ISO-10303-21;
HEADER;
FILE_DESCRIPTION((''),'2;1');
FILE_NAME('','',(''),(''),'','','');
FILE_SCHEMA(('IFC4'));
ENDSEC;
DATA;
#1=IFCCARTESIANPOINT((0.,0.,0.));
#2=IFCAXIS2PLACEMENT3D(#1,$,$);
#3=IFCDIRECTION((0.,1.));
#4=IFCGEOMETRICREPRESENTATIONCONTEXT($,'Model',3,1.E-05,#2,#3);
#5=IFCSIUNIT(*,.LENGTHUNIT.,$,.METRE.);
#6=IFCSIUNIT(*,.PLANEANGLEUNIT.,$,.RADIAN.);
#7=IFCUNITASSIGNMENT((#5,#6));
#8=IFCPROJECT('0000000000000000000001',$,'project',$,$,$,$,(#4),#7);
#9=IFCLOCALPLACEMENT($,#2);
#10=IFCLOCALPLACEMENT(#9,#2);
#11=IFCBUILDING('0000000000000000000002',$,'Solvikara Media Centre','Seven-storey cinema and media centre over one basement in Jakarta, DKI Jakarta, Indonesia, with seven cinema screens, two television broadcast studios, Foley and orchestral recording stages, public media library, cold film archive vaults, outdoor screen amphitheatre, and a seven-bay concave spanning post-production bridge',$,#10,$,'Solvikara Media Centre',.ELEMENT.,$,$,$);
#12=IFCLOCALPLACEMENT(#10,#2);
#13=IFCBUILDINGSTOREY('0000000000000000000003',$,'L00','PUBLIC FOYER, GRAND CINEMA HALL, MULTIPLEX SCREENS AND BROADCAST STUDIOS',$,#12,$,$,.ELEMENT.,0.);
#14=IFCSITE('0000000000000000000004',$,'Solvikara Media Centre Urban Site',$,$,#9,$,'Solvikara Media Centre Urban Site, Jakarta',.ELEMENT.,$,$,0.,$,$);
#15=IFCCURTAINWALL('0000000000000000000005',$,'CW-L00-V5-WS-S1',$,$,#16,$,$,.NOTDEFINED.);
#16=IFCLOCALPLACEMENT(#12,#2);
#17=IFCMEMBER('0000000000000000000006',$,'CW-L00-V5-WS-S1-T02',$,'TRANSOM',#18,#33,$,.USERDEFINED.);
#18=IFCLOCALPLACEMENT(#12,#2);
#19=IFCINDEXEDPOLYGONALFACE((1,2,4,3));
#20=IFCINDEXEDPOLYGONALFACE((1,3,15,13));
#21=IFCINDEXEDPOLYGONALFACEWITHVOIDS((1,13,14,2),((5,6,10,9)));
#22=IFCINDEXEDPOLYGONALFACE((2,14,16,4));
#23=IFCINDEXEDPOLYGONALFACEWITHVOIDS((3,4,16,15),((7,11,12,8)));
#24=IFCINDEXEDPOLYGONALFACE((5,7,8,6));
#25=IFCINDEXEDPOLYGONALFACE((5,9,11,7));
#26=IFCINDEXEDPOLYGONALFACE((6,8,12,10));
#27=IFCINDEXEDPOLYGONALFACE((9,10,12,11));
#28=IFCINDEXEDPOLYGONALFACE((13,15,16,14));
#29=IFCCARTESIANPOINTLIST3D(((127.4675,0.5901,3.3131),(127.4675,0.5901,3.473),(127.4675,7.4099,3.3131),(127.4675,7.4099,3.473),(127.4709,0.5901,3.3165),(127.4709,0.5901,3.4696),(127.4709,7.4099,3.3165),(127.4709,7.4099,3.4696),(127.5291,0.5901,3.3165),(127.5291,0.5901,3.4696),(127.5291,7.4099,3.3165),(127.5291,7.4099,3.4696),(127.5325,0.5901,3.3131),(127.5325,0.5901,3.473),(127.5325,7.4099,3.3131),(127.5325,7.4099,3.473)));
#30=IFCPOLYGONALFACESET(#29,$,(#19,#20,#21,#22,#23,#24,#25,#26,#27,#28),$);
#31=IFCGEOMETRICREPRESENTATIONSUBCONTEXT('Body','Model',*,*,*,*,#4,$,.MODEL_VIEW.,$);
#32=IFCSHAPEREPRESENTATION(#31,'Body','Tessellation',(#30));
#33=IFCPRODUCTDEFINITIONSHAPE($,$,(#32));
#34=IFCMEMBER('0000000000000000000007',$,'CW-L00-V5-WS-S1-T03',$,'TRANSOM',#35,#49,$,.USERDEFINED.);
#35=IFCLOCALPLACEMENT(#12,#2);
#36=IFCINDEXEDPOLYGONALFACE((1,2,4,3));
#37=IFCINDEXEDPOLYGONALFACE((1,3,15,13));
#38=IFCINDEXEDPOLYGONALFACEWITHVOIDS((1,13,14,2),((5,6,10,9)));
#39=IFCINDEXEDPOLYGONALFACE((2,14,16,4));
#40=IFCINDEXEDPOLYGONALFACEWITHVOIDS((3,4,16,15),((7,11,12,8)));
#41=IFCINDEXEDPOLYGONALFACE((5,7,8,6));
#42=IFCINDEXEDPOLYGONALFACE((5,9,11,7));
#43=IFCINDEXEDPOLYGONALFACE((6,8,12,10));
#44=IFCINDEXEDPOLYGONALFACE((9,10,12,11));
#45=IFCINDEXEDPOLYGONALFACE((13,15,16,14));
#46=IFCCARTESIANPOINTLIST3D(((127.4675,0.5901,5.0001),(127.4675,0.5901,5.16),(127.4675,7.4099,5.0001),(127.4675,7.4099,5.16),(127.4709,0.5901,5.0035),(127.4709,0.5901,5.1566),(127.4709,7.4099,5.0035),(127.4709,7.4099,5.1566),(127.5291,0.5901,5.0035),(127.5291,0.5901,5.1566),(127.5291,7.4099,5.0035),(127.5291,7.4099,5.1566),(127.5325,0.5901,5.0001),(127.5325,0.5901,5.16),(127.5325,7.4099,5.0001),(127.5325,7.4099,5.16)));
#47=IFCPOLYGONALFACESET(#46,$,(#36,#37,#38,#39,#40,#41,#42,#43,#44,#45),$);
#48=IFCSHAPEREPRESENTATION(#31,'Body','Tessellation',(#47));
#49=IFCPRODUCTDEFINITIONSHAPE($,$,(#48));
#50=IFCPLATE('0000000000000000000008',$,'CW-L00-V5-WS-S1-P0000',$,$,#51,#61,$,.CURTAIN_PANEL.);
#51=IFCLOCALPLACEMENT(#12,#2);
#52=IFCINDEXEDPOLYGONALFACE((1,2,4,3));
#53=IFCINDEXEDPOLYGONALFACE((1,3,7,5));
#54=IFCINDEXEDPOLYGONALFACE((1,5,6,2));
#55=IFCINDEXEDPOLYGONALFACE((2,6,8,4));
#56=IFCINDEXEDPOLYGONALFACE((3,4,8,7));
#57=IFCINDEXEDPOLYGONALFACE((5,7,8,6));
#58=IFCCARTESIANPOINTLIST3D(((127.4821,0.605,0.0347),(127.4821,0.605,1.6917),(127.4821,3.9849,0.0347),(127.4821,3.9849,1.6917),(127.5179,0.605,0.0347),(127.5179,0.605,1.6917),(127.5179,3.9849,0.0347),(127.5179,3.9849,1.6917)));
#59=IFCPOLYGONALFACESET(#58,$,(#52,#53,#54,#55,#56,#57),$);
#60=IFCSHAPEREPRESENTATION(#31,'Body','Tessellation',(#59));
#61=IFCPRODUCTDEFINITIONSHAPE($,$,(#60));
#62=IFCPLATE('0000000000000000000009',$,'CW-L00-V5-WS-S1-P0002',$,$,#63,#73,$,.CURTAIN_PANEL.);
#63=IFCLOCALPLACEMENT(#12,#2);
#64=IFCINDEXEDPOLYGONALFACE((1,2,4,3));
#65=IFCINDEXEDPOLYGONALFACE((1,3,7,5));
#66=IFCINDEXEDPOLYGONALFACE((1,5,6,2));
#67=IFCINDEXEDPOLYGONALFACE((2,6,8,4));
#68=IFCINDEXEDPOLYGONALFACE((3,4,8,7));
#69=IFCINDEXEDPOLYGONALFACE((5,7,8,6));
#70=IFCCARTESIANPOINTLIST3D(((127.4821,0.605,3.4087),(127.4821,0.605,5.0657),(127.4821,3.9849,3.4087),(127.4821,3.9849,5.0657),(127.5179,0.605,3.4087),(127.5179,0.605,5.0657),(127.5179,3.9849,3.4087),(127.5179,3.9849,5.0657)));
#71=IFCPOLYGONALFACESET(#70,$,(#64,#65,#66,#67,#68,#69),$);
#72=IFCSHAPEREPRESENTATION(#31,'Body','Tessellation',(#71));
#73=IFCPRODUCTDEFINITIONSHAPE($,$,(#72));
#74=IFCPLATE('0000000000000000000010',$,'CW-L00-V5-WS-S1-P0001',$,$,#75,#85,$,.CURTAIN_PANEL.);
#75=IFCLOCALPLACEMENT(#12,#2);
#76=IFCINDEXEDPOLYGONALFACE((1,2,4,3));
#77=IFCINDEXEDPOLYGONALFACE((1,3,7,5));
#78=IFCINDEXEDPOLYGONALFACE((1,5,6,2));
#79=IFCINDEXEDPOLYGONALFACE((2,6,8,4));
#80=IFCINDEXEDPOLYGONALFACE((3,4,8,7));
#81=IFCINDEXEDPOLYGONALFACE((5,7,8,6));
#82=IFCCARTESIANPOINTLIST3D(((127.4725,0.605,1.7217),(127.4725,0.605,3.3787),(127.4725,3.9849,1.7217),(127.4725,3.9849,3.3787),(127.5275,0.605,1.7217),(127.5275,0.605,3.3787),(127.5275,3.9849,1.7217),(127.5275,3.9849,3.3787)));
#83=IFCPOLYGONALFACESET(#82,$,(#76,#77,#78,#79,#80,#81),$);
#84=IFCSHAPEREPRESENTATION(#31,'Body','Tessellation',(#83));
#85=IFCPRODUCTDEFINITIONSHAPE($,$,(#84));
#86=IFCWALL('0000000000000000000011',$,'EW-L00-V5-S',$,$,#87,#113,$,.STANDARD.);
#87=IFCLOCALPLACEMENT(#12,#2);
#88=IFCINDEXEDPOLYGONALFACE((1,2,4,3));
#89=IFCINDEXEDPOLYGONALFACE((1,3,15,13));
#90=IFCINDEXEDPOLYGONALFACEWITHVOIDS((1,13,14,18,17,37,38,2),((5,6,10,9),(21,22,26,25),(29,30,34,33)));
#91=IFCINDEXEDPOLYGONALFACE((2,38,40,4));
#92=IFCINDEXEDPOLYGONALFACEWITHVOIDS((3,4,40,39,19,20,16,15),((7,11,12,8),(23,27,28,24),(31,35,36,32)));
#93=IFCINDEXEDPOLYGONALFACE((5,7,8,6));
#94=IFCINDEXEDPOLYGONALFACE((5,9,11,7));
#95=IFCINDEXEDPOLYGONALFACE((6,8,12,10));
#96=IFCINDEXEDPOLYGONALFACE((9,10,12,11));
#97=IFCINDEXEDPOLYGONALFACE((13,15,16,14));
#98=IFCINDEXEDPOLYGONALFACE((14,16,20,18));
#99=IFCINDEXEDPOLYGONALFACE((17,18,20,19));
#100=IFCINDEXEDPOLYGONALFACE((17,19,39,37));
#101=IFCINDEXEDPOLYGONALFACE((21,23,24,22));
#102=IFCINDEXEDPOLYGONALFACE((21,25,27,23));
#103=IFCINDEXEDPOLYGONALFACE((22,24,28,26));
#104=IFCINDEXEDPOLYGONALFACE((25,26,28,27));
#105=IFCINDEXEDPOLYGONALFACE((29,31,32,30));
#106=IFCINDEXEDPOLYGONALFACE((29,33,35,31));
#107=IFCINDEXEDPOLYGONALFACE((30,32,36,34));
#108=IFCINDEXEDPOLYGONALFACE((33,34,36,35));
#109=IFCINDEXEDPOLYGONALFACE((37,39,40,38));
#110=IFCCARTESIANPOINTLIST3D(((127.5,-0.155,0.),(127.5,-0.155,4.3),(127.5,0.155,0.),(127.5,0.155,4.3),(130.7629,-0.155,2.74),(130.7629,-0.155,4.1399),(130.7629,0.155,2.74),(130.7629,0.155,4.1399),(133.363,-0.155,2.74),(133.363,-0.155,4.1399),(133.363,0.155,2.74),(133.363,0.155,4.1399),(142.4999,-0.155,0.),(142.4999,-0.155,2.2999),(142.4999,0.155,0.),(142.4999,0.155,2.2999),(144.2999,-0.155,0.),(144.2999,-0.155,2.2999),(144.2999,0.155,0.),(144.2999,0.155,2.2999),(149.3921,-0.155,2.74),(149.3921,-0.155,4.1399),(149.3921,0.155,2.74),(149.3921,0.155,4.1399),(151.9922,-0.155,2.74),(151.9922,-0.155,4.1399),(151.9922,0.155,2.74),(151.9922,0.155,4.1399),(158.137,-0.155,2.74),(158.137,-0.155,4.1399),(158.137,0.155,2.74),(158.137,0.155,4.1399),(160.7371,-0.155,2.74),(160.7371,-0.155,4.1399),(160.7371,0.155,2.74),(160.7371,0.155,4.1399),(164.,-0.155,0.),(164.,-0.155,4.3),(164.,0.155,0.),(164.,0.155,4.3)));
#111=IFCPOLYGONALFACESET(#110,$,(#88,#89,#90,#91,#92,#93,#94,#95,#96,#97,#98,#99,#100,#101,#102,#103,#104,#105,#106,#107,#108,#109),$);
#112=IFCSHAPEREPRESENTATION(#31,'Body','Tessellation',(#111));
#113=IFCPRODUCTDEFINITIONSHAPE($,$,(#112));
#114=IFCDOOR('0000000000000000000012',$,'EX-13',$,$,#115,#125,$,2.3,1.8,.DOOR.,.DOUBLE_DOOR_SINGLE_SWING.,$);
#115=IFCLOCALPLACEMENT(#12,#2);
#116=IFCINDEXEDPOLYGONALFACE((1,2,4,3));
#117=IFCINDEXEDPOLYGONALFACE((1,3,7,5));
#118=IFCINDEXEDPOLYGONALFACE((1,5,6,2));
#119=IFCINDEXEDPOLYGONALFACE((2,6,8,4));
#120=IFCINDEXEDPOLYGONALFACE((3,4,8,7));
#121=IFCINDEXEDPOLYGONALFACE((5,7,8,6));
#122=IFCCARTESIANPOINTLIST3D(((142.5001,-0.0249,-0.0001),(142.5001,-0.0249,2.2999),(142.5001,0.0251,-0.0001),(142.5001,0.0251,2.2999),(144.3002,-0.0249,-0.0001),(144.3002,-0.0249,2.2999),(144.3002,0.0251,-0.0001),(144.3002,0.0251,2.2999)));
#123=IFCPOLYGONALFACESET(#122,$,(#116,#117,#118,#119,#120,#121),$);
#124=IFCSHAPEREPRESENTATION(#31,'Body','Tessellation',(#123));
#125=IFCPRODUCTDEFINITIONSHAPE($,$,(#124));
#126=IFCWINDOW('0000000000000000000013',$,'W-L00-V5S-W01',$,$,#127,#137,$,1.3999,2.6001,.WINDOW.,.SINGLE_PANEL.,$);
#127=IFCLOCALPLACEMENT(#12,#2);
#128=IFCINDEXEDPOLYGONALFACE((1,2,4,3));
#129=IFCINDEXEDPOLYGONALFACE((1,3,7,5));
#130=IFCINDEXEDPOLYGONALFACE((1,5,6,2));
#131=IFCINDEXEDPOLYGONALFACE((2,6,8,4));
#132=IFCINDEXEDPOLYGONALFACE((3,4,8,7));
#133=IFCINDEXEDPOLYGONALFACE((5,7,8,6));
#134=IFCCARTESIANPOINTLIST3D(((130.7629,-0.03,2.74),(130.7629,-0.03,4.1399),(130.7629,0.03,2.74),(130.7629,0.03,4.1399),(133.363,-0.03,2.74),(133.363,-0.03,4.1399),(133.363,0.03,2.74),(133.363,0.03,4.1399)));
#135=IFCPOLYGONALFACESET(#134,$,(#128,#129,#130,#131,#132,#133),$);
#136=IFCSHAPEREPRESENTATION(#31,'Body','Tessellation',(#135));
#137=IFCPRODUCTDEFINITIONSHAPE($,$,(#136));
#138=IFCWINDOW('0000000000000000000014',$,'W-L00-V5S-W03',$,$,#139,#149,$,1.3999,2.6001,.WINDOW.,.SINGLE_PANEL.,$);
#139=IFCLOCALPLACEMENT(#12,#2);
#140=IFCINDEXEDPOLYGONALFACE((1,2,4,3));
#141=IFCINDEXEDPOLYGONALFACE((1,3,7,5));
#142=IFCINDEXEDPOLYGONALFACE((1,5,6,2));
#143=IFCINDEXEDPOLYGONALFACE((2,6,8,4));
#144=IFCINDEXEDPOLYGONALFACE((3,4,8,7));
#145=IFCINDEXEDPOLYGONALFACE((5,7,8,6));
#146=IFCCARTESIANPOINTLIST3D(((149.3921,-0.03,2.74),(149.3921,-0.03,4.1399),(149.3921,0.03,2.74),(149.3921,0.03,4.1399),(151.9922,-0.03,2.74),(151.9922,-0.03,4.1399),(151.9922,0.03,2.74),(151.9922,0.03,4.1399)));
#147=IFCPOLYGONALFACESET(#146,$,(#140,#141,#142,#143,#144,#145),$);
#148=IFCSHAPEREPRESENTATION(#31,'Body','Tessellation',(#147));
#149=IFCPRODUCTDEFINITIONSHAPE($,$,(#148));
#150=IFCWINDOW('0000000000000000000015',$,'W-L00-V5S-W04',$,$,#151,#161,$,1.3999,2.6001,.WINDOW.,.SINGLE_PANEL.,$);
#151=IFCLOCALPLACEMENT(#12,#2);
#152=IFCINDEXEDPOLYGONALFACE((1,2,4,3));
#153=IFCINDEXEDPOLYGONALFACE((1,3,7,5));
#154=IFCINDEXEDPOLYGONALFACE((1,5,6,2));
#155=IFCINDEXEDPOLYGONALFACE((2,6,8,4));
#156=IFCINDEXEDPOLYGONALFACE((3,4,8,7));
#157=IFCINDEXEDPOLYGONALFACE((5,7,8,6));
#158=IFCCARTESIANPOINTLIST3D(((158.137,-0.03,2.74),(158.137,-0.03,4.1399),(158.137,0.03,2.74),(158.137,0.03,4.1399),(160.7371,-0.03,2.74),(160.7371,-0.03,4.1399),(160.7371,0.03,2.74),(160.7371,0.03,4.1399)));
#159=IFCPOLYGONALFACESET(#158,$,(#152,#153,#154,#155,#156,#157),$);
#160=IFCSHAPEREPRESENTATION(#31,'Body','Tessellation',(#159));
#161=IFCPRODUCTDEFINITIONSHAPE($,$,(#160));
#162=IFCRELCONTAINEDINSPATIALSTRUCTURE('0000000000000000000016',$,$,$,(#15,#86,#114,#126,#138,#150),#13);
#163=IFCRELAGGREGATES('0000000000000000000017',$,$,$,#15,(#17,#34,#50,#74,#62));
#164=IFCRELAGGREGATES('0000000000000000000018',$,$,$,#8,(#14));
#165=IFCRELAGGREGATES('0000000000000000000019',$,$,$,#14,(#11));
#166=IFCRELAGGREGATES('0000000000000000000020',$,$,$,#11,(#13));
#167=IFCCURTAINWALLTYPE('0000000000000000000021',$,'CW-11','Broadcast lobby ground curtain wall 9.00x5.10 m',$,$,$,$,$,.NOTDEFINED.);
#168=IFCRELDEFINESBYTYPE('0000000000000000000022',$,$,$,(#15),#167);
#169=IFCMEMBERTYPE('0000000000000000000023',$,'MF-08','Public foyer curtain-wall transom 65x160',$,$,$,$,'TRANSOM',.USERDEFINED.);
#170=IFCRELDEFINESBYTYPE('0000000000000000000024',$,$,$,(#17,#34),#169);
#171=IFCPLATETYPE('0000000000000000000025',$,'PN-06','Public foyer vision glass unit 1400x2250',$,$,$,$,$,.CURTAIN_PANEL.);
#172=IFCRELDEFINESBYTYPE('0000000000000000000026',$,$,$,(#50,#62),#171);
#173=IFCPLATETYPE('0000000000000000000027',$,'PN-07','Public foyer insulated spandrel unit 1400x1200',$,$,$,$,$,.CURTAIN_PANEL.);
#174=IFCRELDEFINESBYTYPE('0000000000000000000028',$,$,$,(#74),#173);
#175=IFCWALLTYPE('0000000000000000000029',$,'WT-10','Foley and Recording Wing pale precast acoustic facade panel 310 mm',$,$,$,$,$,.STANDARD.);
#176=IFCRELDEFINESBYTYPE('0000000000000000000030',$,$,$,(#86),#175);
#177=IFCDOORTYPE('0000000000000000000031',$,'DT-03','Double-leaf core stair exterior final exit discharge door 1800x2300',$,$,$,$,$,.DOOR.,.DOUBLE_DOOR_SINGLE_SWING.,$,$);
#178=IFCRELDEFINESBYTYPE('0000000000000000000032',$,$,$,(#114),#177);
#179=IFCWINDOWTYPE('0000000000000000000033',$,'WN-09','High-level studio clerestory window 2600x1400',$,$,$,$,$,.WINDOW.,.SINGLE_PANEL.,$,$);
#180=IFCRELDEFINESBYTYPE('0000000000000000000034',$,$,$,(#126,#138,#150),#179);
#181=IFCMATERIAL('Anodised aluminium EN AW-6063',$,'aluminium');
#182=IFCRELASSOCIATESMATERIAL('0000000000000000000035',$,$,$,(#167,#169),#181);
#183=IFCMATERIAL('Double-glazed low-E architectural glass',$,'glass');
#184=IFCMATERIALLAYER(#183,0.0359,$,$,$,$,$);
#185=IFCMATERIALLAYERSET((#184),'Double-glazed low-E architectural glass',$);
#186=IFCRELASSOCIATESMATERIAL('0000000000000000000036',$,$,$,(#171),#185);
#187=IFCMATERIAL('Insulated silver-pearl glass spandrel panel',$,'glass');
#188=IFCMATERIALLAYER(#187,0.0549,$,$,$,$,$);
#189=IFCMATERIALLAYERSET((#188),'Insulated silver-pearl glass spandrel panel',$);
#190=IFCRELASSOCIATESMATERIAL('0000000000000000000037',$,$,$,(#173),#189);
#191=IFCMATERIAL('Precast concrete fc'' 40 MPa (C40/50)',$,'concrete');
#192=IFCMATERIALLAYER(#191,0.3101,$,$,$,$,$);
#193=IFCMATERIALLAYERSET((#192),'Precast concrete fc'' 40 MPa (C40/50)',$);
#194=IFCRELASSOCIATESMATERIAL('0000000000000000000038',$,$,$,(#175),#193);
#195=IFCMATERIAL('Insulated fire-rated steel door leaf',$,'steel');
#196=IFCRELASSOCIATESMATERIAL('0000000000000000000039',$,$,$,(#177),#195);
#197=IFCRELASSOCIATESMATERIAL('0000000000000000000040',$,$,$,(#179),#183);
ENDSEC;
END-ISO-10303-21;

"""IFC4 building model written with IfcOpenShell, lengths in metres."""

from ifc_helpers import new_model, si_unit, direction, frame, frame_2d, origin, origin_2d, place, context, subcontext, project, spatial, rectangle, hollow_rectangle, extrude, material, layer, layer_set, material_profile, profile_set, type_object, element, fill, aggregate, save


model = new_model("IFC4")

# Units and contexts
model_context = context("Model", 3, precision=1e-05, world=origin(), true_north=direction((0.0, 1.0)))
body_context = subcontext(model_context, "Body", "Model", "MODEL_VIEW")
ifc_project = project(units=[si_unit("LENGTHUNIT", "METRE"), si_unit("PLANEANGLEUNIT", "RADIAN")], contexts=[model_context])

# Site, building, storey
site_placement = place(None, origin())
site = spatial("IfcSite", under=ifc_project, at=site_placement, Name="Solvikara Media Centre Urban Site", LongName="Solvikara Media Centre Urban Site, Jakarta", CompositionType="ELEMENT", RefElevation=0.0)
building_placement = place(site_placement, origin())
building = spatial("IfcBuilding", under=site, at=building_placement, Name="Solvikara Media Centre", Description="Seven-storey cinema and media centre over one basement in Jakarta, DKI Jakarta, Indonesia, with seven cinema screens, two television broadcast studios, Foley and orchestral recording stages, public media library, cold film archive vaults, outdoor screen amphitheatre, and a seven-bay concave spanning post-production bridge", LongName="Solvikara Media Centre", CompositionType="ELEMENT")
storey_placement = place(building_placement, origin())
storey = spatial("IfcBuildingStorey", under=building, at=storey_placement, Name="L00", Description="PUBLIC FOYER, GRAND CINEMA HALL, MULTIPLEX SCREENS AND BROADCAST STUDIOS", CompositionType="ELEMENT", Elevation=0.0)

# Curtain wall, members, plates
ifc_material_1 = material(Name="Anodised aluminium EN AW-6063", Category="aluminium")
curtain_wall_type = type_object("IfcCurtainWallType", Name="CW-11", Description="Broadcast lobby ground curtain wall 9.00x5.10 m", PredefinedType="NOTDEFINED", material=ifc_material_1)
curtain_wall_placement = place(storey_placement, origin())
curtain_wall = element("IfcCurtainWall", 1, at=curtain_wall_placement, inside=storey, type_object=curtain_wall_type, Name="CW-L00-V5-WS-S1", PredefinedType="NOTDEFINED")
ifc_material_profile_1 = material_profile(ifc_material_1, hollow_rectangle(XDim=0.0649, YDim=0.1599, WallThickness=0.0034, at=origin_2d()), Name="ALU-T 65x160x3.5")
ifc_profile_set_1 = profile_set([ifc_material_profile_1], Name="Anodised aluminium EN AW-6063")
member_type_1 = type_object("IfcMemberType", Name="MF-08", Description="Public foyer curtain-wall transom 65x160", ElementType="TRANSOM", PredefinedType="USERDEFINED", material=ifc_profile_set_1)
member_1_placement = place(storey_placement, frame((127.5, 0.5901, 3.3931), z_axis=(0.0, 1.0, 0.0), x_axis=(-1.0, 0.0, 0.0)))
member_1 = element("IfcMember", 2, at=member_1_placement, type_object=member_type_1, Name="CW-L00-V5-WS-S1-T02", ObjectType="TRANSOM", PredefinedType="USERDEFINED", context=body_context, shape_type="SweptSolid", body=[
    extrude(hollow_rectangle(XDim=0.0649, YDim=0.1599, WallThickness=0.0034, at=origin_2d()), origin(), (0.0, 0.0, 1.0), 6.8198),
])
member_2_placement = place(storey_placement, frame((127.5, 0.5901, 5.0801), z_axis=(0.0, 1.0, 0.0), x_axis=(-1.0, 0.0, 0.0)))
member_2 = element("IfcMember", 3, at=member_2_placement, type_object=member_type_1, Name="CW-L00-V5-WS-S1-T03", ObjectType="TRANSOM", PredefinedType="USERDEFINED", context=body_context, shape_type="SweptSolid", body=[
    extrude(hollow_rectangle(XDim=0.0649, YDim=0.1599, WallThickness=0.0034, at=origin_2d()), origin(), (0.0, 0.0, 1.0), 6.8198),
])
ifc_material_2 = material(Name="Double-glazed low-E architectural glass", Category="glass")
ifc_layer_1 = layer(ifc_material_2, 0.0359)
ifc_layer_set_1 = layer_set([ifc_layer_1], Name="Double-glazed low-E architectural glass")
plate_type_1 = type_object("IfcPlateType", Name="PN-06", Description="Public foyer vision glass unit 1400x2250", PredefinedType="CURTAIN_PANEL", material=ifc_layer_set_1)
plate_1_placement = place(storey_placement, frame((127.5, 2.2949, 0.0347), z_axis=(0.0, 0.0, 1.0), x_axis=(0.0, 1.0, 0.0)))
plate_1 = element("IfcPlate", 4, at=plate_1_placement, type_object=plate_type_1, Name="CW-L00-V5-WS-S1-P0000", PredefinedType="CURTAIN_PANEL", context=body_context, shape_type="SweptSolid", body=[
    extrude(rectangle(XDim=3.3799, YDim=0.0359, at=origin_2d()), origin(), (0.0, 0.0, 1.0), 1.657),
])
plate_2_placement = place(storey_placement, frame((127.5, 2.2949, 3.4087), z_axis=(0.0, 0.0, 1.0), x_axis=(0.0, 1.0, 0.0)))
plate_2 = element("IfcPlate", 5, at=plate_2_placement, type_object=plate_type_1, Name="CW-L00-V5-WS-S1-P0002", PredefinedType="CURTAIN_PANEL", context=body_context, shape_type="SweptSolid", body=[
    extrude(rectangle(XDim=3.3799, YDim=0.0359, at=origin_2d()), origin(), (0.0, 0.0, 1.0), 1.657),
])
ifc_material_3 = material(Name="Insulated silver-pearl glass spandrel panel", Category="glass")
ifc_layer_2 = layer(ifc_material_3, 0.0549)
ifc_layer_set_2 = layer_set([ifc_layer_2], Name="Insulated silver-pearl glass spandrel panel")
plate_type_2 = type_object("IfcPlateType", Name="PN-07", Description="Public foyer insulated spandrel unit 1400x1200", PredefinedType="CURTAIN_PANEL", material=ifc_layer_set_2)
plate_3_placement = place(storey_placement, frame((127.5, 2.2949, 1.7217), z_axis=(0.0, 0.0, 1.0), x_axis=(0.0, 1.0, 0.0)))
plate_3 = element("IfcPlate", 6, at=plate_3_placement, type_object=plate_type_2, Name="CW-L00-V5-WS-S1-P0001", PredefinedType="CURTAIN_PANEL", context=body_context, shape_type="SweptSolid", body=[
    extrude(rectangle(XDim=3.3799, YDim=0.0549, at=origin_2d()), origin(), (0.0, 0.0, 1.0), 1.657),
])
aggregate(curtain_wall, [member_1, member_2, plate_1, plate_3, plate_2])

# Wall, openings, door, windows
ifc_material_4 = material(Name="Precast concrete fc' 40 MPa (C40/50)", Category="concrete")
ifc_layer_3 = layer(ifc_material_4, 0.3101)
ifc_layer_set_3 = layer_set([ifc_layer_3], Name="Precast concrete fc' 40 MPa (C40/50)")
wall_type = type_object("IfcWallType", Name="WT-10", Description="Foley and Recording Wing pale precast acoustic facade panel 310 mm", PredefinedType="STANDARD", material=ifc_layer_set_3)
wall_placement = place(storey_placement, frame((127.5, 0.0, 0.0), z_axis=(0.0, 0.0, 1.0), x_axis=(1.0, 0.0, 0.0)))
wall = element("IfcWall", 7, at=wall_placement, inside=storey, type_object=wall_type, Name="EW-L00-V5-S", PredefinedType="STANDARD", context=body_context, shape_type="SweptSolid", body=[
    extrude(rectangle(XDim=36.5, YDim=0.3101, at=frame_2d((18.25, 0.0))), origin(), (0.0, 0.0, 1.0), 4.3),
])
opening_1_placement = place(wall_placement, frame((15.0, 0.0, 0.0)))
opening_1 = element("IfcOpeningElement", 8, at=opening_1_placement, cuts=wall, PredefinedType="OPENING", context=body_context, shape_type="SweptSolid", body=[
    extrude(rectangle(XDim=1.8, YDim=2.3, at=frame_2d((0.8999, 1.1499))), frame((0.0, 0.167, 0.0), z_axis=(0.0, -1.0, 0.0), x_axis=(1.0, 0.0, 0.0)), (0.0, 0.0, 1.0), 0.334),
])
opening_2_placement = place(wall_placement, frame((3.2629, 0.0, 2.74)))
opening_2 = element("IfcOpeningElement", 9, at=opening_2_placement, cuts=wall, PredefinedType="OPENING", context=body_context, shape_type="SweptSolid", body=[
    extrude(rectangle(XDim=2.6001, YDim=1.3999, at=frame_2d((1.3, 0.7))), frame((0.0, 0.167, 0.0), z_axis=(0.0, -1.0, 0.0), x_axis=(1.0, 0.0, 0.0)), (0.0, 0.0, 1.0), 0.334),
])
opening_3_placement = place(wall_placement, frame((21.8921, 0.0, 2.74)))
opening_3 = element("IfcOpeningElement", 10, at=opening_3_placement, cuts=wall, PredefinedType="OPENING", context=body_context, shape_type="SweptSolid", body=[
    extrude(rectangle(XDim=2.6001, YDim=1.3999, at=frame_2d((1.3, 0.7))), frame((0.0, 0.167, 0.0), z_axis=(0.0, -1.0, 0.0), x_axis=(1.0, 0.0, 0.0)), (0.0, 0.0, 1.0), 0.334),
])
opening_4_placement = place(wall_placement, frame((30.637, 0.0, 2.74)))
opening_4 = element("IfcOpeningElement", 11, at=opening_4_placement, cuts=wall, PredefinedType="OPENING", context=body_context, shape_type="SweptSolid", body=[
    extrude(rectangle(XDim=2.6001, YDim=1.3999, at=frame_2d((1.3, 0.7))), frame((0.0, 0.167, 0.0), z_axis=(0.0, -1.0, 0.0), x_axis=(1.0, 0.0, 0.0)), (0.0, 0.0, 1.0), 0.334),
])
ifc_material_5 = material(Name="Insulated fire-rated steel door leaf", Category="steel")
door_type = type_object("IfcDoorType", Name="DT-03", Description="Double-leaf core stair exterior final exit discharge door 1800x2300", OperationType="DOUBLE_DOOR_SINGLE_SWING", PredefinedType="DOOR", material=ifc_material_5)
door_placement = place(opening_1_placement, frame((1.8, 0.0, 0.0), z_axis=(0.0, 0.0, 1.0), x_axis=(-1.0, 0.0, 0.0)))
door = element("IfcDoor", 12, at=door_placement, inside=storey, type_object=door_type, Name="EX-13", OperationType="DOUBLE_DOOR_SINGLE_SWING", OverallHeight=2.3, OverallWidth=1.8, PredefinedType="DOOR", context=body_context, shape_type="SweptSolid", body=[
    extrude(rectangle(XDim=1.8, YDim=2.3, at=frame_2d((0.8999, 1.1499))), frame((0.0, 0.0249, 0.0), z_axis=(0.0, -1.0, 0.0), x_axis=(1.0, 0.0, 0.0)), (0.0, 0.0, 1.0), 0.05),
])
fill(opening_1, door)
window_type = type_object("IfcWindowType", Name="WN-09", Description="High-level studio clerestory window 2600x1400", PartitioningType="SINGLE_PANEL", PredefinedType="WINDOW", material=ifc_material_2)
window_1_placement = place(opening_2_placement, origin())
window_1 = element("IfcWindow", 13, at=window_1_placement, inside=storey, type_object=window_type, Name="W-L00-V5S-W01", OverallHeight=1.3999, OverallWidth=2.6001, PartitioningType="SINGLE_PANEL", PredefinedType="WINDOW", context=body_context, shape_type="SweptSolid", body=[
    extrude(rectangle(XDim=2.6001, YDim=1.3999, at=frame_2d((1.3, 0.7))), frame((0.0, 0.03, 0.0), z_axis=(0.0, -1.0, 0.0), x_axis=(1.0, 0.0, 0.0)), (0.0, 0.0, 1.0), 0.0601),
])
fill(opening_2, window_1)
window_2_placement = place(opening_3_placement, origin())
window_2 = element("IfcWindow", 14, at=window_2_placement, inside=storey, type_object=window_type, Name="W-L00-V5S-W03", OverallHeight=1.3999, OverallWidth=2.6001, PartitioningType="SINGLE_PANEL", PredefinedType="WINDOW", context=body_context, shape_type="SweptSolid", body=[
    extrude(rectangle(XDim=2.6001, YDim=1.3999, at=frame_2d((1.3, 0.7))), frame((0.0, 0.03, 0.0), z_axis=(0.0, -1.0, 0.0), x_axis=(1.0, 0.0, 0.0)), (0.0, 0.0, 1.0), 0.0601),
])
fill(opening_3, window_2)
window_3_placement = place(opening_4_placement, origin())
window_3 = element("IfcWindow", 15, at=window_3_placement, inside=storey, type_object=window_type, Name="W-L00-V5S-W04", OverallHeight=1.3999, OverallWidth=2.6001, PartitioningType="SINGLE_PANEL", PredefinedType="WINDOW", context=body_context, shape_type="SweptSolid", body=[
    extrude(rectangle(XDim=2.6001, YDim=1.3999, at=frame_2d((1.3, 0.7))), frame((0.0, 0.03, 0.0), z_axis=(0.0, -1.0, 0.0), x_axis=(1.0, 0.0, 0.0)), (0.0, 0.0, 1.0), 0.0601),
])
fill(opening_4, window_3)

save(model, "model.ifc")
